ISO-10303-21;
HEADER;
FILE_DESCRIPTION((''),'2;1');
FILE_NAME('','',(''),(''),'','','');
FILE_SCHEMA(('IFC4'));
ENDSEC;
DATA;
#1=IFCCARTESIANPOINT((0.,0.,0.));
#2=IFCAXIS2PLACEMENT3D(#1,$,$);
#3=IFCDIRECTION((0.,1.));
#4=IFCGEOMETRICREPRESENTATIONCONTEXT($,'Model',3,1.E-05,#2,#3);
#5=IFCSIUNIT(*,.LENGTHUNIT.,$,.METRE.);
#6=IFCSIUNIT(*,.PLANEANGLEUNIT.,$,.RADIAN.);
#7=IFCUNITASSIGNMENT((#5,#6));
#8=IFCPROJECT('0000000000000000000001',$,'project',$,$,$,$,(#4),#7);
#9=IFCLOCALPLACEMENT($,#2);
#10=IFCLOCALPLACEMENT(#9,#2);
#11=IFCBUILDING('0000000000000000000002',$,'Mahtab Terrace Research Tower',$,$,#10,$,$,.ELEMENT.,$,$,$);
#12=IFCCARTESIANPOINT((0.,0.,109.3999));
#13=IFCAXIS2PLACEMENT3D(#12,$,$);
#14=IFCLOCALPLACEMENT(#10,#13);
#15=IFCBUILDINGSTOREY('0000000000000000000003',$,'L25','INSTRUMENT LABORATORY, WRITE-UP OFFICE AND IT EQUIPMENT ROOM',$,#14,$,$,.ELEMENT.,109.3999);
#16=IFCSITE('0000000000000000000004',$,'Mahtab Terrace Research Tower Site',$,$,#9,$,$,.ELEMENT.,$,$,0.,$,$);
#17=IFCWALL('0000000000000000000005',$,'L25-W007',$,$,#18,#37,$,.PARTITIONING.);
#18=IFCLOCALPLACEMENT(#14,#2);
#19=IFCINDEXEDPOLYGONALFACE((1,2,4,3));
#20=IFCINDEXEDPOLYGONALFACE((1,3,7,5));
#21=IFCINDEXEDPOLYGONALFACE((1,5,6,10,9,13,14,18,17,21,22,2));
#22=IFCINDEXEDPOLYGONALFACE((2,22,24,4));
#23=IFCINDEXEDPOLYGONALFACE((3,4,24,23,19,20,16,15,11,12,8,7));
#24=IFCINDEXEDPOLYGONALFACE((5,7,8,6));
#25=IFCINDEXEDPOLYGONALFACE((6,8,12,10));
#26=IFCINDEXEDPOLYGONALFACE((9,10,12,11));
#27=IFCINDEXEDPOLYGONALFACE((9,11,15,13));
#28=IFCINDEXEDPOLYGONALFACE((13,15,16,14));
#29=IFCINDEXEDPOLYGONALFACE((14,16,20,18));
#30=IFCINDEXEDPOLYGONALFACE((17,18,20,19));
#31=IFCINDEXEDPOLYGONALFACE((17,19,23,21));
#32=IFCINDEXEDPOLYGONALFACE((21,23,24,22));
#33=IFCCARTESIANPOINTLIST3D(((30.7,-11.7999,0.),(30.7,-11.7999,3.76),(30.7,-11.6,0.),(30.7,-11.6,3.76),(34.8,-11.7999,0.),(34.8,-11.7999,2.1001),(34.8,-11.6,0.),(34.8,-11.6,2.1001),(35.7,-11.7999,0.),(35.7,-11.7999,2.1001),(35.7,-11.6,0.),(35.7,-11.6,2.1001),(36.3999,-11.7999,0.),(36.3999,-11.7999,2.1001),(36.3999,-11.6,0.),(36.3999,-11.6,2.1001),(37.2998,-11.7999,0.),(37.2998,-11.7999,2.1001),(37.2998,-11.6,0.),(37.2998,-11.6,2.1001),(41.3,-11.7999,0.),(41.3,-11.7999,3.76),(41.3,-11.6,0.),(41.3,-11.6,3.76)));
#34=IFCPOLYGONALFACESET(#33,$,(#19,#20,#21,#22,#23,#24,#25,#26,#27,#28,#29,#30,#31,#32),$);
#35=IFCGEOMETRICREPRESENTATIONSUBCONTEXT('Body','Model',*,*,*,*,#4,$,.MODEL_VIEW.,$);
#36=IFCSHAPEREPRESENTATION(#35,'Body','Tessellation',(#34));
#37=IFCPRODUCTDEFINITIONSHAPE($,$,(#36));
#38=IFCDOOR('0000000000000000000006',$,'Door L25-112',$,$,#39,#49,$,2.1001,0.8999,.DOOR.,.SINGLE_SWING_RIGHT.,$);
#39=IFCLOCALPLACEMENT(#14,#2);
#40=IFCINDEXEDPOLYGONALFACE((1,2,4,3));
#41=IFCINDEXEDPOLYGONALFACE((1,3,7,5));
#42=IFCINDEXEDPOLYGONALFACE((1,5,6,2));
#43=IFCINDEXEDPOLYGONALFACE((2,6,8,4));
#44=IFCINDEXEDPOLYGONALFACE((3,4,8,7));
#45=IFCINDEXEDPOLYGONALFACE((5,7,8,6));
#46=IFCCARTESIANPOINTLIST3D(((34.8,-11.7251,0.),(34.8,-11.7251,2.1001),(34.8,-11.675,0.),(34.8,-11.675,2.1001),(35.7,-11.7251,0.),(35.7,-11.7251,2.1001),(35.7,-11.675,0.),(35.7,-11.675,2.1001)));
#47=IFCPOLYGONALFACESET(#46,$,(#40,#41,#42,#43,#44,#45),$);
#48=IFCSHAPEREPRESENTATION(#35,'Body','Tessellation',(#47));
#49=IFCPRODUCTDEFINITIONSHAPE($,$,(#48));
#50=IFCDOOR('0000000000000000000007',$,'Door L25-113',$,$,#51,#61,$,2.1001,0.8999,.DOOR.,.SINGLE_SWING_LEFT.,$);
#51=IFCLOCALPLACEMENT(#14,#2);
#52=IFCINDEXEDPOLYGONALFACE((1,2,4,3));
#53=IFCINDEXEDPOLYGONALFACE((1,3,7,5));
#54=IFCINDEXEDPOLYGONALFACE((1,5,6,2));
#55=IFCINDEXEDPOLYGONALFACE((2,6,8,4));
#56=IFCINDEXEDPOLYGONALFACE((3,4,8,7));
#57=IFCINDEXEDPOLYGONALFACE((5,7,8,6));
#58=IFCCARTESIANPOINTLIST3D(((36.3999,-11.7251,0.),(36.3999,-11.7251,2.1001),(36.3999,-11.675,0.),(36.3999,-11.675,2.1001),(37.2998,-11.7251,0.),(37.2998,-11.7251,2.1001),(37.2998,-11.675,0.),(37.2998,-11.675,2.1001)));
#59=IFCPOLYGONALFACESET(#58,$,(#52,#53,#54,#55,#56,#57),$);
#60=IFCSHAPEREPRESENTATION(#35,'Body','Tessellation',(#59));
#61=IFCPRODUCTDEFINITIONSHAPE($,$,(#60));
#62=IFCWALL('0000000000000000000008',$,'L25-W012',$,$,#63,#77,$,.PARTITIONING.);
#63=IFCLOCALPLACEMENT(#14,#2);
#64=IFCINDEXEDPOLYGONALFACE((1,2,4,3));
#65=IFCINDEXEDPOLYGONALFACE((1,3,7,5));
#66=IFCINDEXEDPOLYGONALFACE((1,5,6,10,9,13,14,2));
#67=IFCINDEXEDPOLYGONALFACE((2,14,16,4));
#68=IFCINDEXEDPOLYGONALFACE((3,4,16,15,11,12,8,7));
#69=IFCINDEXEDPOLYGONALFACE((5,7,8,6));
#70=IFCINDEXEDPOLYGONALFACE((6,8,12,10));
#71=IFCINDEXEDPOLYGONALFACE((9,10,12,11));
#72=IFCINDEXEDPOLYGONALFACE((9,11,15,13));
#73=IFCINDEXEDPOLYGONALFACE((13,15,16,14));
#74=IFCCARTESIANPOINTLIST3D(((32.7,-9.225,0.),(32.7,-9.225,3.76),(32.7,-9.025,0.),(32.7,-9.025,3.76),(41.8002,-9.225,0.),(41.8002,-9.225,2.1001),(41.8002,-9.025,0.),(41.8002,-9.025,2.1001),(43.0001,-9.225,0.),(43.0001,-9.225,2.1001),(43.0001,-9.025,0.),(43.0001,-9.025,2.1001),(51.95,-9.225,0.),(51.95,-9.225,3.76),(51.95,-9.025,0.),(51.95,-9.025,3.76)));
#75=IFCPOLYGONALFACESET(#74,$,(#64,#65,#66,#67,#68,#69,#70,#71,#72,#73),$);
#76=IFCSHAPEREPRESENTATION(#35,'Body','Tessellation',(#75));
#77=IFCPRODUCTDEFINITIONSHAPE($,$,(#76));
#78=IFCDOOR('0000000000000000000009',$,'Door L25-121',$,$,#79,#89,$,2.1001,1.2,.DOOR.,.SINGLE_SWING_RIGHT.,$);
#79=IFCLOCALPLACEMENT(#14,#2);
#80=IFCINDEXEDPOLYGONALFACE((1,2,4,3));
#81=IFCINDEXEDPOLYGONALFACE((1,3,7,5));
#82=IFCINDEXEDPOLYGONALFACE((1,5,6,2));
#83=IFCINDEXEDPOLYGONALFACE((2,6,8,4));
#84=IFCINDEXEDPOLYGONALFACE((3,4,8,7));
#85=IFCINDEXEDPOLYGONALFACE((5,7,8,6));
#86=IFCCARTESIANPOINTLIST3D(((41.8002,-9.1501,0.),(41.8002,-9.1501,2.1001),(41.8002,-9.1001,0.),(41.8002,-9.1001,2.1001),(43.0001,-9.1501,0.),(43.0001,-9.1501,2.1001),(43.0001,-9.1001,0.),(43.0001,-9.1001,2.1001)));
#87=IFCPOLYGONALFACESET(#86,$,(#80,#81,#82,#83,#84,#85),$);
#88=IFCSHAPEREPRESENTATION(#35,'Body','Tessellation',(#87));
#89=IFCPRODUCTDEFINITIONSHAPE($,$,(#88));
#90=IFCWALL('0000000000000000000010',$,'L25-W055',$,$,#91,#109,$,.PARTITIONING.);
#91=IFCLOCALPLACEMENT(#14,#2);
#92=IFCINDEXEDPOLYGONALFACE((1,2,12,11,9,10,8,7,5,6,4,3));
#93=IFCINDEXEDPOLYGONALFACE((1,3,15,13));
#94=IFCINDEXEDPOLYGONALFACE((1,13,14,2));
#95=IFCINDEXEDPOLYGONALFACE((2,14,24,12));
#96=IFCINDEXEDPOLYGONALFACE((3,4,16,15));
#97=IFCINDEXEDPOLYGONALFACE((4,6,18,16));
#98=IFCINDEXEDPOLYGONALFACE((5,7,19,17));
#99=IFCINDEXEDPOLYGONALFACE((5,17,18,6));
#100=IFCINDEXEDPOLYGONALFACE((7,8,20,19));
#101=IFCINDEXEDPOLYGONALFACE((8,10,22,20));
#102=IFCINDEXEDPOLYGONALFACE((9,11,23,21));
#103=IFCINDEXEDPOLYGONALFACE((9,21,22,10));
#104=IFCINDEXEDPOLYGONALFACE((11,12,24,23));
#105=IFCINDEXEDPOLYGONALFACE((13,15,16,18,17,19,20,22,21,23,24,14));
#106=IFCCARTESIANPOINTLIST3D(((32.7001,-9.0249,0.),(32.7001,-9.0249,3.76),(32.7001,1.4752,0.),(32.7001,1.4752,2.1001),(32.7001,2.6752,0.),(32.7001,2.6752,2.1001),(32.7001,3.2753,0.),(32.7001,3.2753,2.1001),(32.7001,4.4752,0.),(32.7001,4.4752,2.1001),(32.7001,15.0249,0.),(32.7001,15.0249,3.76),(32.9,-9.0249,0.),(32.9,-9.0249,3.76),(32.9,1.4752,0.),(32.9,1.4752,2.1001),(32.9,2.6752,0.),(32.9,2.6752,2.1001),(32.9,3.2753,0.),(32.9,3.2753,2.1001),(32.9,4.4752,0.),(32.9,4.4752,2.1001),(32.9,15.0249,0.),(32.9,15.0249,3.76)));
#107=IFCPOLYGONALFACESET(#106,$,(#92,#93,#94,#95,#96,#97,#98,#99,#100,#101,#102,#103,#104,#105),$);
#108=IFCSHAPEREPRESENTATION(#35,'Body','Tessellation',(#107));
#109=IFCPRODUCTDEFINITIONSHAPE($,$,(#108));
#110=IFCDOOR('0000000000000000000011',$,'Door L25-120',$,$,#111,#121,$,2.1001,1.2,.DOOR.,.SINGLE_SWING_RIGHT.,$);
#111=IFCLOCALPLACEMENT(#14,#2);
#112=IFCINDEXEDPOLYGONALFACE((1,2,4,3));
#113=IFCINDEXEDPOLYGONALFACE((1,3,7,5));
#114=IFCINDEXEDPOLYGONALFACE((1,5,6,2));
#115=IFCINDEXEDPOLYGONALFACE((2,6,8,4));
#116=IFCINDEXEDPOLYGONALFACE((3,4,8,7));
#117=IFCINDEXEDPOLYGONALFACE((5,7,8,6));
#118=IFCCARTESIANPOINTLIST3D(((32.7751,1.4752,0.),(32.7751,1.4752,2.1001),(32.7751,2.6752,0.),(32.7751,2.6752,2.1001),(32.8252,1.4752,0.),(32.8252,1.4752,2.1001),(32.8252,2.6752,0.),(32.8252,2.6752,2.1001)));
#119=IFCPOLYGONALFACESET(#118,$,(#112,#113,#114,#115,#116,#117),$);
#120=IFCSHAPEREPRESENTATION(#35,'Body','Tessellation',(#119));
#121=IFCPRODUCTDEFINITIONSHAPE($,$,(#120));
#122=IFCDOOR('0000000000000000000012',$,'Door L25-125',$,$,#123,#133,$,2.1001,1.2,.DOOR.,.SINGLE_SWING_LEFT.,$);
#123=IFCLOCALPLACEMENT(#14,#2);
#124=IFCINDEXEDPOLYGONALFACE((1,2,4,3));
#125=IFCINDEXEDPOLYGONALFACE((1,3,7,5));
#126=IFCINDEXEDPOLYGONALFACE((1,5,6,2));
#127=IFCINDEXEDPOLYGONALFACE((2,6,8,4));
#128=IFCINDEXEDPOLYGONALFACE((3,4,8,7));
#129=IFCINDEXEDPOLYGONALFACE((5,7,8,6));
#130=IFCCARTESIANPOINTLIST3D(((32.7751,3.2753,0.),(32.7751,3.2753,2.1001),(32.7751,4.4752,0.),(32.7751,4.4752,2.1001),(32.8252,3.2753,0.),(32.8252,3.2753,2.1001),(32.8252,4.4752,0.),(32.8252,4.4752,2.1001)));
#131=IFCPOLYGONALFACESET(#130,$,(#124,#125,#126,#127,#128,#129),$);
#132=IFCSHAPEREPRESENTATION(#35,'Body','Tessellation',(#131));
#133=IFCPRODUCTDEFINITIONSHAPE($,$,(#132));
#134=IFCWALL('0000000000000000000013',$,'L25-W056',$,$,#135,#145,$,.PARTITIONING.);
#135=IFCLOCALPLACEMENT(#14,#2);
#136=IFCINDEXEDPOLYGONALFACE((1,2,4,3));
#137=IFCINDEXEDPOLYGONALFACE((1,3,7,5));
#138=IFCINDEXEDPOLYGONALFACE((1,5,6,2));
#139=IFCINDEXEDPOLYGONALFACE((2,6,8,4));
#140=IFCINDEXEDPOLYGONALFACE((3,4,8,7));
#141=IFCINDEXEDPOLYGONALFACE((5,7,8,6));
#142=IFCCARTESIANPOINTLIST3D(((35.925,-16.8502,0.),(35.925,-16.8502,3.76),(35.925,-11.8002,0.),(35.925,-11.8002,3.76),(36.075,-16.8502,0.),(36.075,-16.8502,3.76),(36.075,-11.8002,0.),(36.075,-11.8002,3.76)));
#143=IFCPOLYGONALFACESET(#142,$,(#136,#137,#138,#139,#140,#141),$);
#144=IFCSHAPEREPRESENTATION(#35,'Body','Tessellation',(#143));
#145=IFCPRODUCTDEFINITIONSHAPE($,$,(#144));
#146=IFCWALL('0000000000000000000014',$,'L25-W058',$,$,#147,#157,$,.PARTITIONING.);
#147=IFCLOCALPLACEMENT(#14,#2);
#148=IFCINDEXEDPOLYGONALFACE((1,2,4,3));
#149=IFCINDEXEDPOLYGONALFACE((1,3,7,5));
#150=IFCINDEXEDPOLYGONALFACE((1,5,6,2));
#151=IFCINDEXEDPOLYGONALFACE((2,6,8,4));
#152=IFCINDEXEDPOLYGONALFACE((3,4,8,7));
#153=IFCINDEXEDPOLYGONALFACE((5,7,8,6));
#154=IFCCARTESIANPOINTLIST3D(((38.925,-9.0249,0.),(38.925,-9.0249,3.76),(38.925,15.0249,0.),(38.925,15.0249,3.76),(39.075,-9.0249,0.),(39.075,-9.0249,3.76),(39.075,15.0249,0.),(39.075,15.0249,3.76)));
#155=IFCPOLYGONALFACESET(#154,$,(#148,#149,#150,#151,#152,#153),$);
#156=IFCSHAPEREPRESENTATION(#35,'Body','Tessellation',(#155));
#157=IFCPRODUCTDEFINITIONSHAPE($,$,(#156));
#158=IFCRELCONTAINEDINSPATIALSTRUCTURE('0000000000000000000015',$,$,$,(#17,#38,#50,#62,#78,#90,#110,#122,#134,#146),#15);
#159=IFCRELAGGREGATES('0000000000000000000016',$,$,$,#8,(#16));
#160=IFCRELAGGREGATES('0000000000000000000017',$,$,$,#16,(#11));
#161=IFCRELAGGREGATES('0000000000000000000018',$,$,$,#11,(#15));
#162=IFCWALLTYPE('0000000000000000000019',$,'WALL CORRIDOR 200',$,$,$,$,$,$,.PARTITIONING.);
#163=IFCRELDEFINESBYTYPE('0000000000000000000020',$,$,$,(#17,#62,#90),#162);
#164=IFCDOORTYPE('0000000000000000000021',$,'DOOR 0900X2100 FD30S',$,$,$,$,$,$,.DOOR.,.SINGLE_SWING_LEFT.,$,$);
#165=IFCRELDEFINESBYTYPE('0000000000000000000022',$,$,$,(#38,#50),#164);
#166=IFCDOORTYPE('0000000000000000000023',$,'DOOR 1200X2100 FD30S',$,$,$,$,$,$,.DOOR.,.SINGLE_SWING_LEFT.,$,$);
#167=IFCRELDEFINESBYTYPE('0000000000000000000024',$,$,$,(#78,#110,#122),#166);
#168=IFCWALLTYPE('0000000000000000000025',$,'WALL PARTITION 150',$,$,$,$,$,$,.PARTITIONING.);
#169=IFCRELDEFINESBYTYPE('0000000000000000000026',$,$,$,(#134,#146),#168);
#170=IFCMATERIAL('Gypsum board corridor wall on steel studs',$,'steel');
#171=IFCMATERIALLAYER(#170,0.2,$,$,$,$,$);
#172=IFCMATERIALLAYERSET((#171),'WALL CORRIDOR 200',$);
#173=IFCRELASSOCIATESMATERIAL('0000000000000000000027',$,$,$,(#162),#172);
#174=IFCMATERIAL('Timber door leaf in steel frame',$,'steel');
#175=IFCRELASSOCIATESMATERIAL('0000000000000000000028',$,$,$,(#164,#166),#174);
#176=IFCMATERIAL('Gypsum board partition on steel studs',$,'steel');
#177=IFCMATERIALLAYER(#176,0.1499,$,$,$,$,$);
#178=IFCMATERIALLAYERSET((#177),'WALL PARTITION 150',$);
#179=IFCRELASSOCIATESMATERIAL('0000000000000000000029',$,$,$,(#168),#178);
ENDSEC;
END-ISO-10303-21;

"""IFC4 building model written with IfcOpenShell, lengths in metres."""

from ifc_helpers import new_model, si_unit, direction, frame, frame_2d, origin, place, context, subcontext, project, spatial, rectangle, extrude, material, layer, layer_set, type_object, element, fill, save


model = new_model("IFC4")

# Units and contexts
model_context = context("Model", 3, precision=1e-05, world=origin(), true_north=direction((0.0, 1.0)))
body_context = subcontext(model_context, "Body", "Model", "MODEL_VIEW")
ifc_project = project(units=[si_unit("LENGTHUNIT", "METRE"), si_unit("PLANEANGLEUNIT", "RADIAN")], contexts=[model_context])

# Site, building, storey
site_placement = place(None, origin())
site = spatial("IfcSite", under=ifc_project, at=site_placement, Name="Mahtab Terrace Research Tower Site", CompositionType="ELEMENT", RefElevation=0.0)
building_placement = place(site_placement, origin())
building = spatial("IfcBuilding", under=site, at=building_placement, Name="Mahtab Terrace Research Tower", CompositionType="ELEMENT")
storey_placement = place(building_placement, frame((0.0, 0.0, 109.3999)))
storey = spatial("IfcBuildingStorey", under=building, at=storey_placement, Name="L25", Description="INSTRUMENT LABORATORY, WRITE-UP OFFICE AND IT EQUIPMENT ROOM", CompositionType="ELEMENT", Elevation=109.3999)

# Wall, openings, doors
ifc_material_1 = material(Name="Gypsum board corridor wall on steel studs", Category="steel")
ifc_layer_1 = layer(ifc_material_1, 0.2)
ifc_layer_set_1 = layer_set([ifc_layer_1], Name="WALL CORRIDOR 200")
wall_type_1 = type_object("IfcWallType", Name="WALL CORRIDOR 200", PredefinedType="PARTITIONING", material=ifc_layer_set_1)
wall_1_placement = place(storey_placement, frame((30.7, -11.7, 0.0), z_axis=(0.0, 0.0, 1.0), x_axis=(1.0, 0.0, 0.0)))
wall_1 = element("IfcWall", 1, at=wall_1_placement, inside=storey, type_object=wall_type_1, Name="L25-W007", PredefinedType="PARTITIONING", context=body_context, shape_type="SweptSolid", body=[
    extrude(rectangle(XDim=10.6001, YDim=0.2, at=frame_2d((5.3, 0.0))), origin(), (0.0, 0.0, 1.0), 3.76),
])
opening_1_placement = place(wall_1_placement, frame((4.1001, 0.0, 0.0)))
opening_1 = element("IfcOpeningElement", 2, at=opening_1_placement, cuts=wall_1, PredefinedType="OPENING", context=body_context, shape_type="SweptSolid", body=[
    extrude(rectangle(XDim=0.8999, YDim=2.1001, at=frame_2d((0.45, 1.05))), frame((0.0, 0.1099, 0.0), z_axis=(0.0, -1.0, 0.0), x_axis=(1.0, 0.0, 0.0)), (0.0, 0.0, 1.0), 0.22),
])
opening_2_placement = place(wall_1_placement, frame((5.7, 0.0, 0.0)))
opening_2 = element("IfcOpeningElement", 3, at=opening_2_placement, cuts=wall_1, PredefinedType="OPENING", context=body_context, shape_type="SweptSolid", body=[
    extrude(rectangle(XDim=0.8999, YDim=2.1001, at=frame_2d((0.45, 1.05))), frame((0.0, 0.1099, 0.0), z_axis=(0.0, -1.0, 0.0), x_axis=(1.0, 0.0, 0.0)), (0.0, 0.0, 1.0), 0.22),
])
ifc_material_2 = material(Name="Timber door leaf in steel frame", Category="steel")
door_type_1 = type_object("IfcDoorType", Name="DOOR 0900X2100 FD30S", OperationType="SINGLE_SWING_LEFT", PredefinedType="DOOR", material=ifc_material_2)
door_1_placement = place(opening_1_placement, origin())
door_1 = element("IfcDoor", 4, at=door_1_placement, inside=storey, type_object=door_type_1, Name="Door L25-112", OperationType="SINGLE_SWING_RIGHT", OverallHeight=2.1001, OverallWidth=0.8999, PredefinedType="DOOR", context=body_context, shape_type="SweptSolid", body=[
    extrude(rectangle(XDim=0.8999, YDim=2.1001, at=frame_2d((0.45, 1.05))), frame((0.0, 0.0249, 0.0), z_axis=(0.0, -1.0, 0.0), x_axis=(1.0, 0.0, 0.0)), (0.0, 0.0, 1.0), 0.05),
])
fill(opening_1, door_1)
door_2_placement = place(opening_2_placement, origin())
door_2 = element("IfcDoor", 5, at=door_2_placement, inside=storey, type_object=door_type_1, Name="Door L25-113", OperationType="SINGLE_SWING_LEFT", OverallHeight=2.1001, OverallWidth=0.8999, PredefinedType="DOOR", context=body_context, shape_type="SweptSolid", body=[
    extrude(rectangle(XDim=0.8999, YDim=2.1001, at=frame_2d((0.45, 1.05))), frame((0.0, 0.0249, 0.0), z_axis=(0.0, -1.0, 0.0), x_axis=(1.0, 0.0, 0.0)), (0.0, 0.0, 1.0), 0.05),
])
fill(opening_2, door_2)

# Wall, opening, door
wall_2_placement = place(storey_placement, frame((32.7, -9.125, 0.0), z_axis=(0.0, 0.0, 1.0), x_axis=(1.0, 0.0, 0.0)))
wall_2 = element("IfcWall", 6, at=wall_2_placement, inside=storey, type_object=wall_type_1, Name="L25-W012", PredefinedType="PARTITIONING", context=body_context, shape_type="SweptSolid", body=[
    extrude(rectangle(XDim=19.25, YDim=0.2, at=frame_2d((9.625, 0.0))), origin(), (0.0, 0.0, 1.0), 3.76),
])
opening_3_placement = place(wall_2_placement, frame((9.1001, 0.0, 0.0)))
opening_3 = element("IfcOpeningElement", 7, at=opening_3_placement, cuts=wall_2, PredefinedType="OPENING", context=body_context, shape_type="SweptSolid", body=[
    extrude(rectangle(XDim=1.2, YDim=2.1001, at=frame_2d((0.6001, 1.05))), frame((0.0, 0.1099, 0.0), z_axis=(0.0, -1.0, 0.0), x_axis=(1.0, 0.0, 0.0)), (0.0, 0.0, 1.0), 0.22),
])
door_type_2 = type_object("IfcDoorType", Name="DOOR 1200X2100 FD30S", OperationType="SINGLE_SWING_LEFT", PredefinedType="DOOR", material=ifc_material_2)
door_3_placement = place(opening_3_placement, origin())
door_3 = element("IfcDoor", 8, at=door_3_placement, inside=storey, type_object=door_type_2, Name="Door L25-121", OperationType="SINGLE_SWING_RIGHT", OverallHeight=2.1001, OverallWidth=1.2, PredefinedType="DOOR", context=body_context, shape_type="SweptSolid", body=[
    extrude(rectangle(XDim=1.2, YDim=2.1001, at=frame_2d((0.6001, 1.05))), frame((0.0, 0.0249, 0.0), z_axis=(0.0, -1.0, 0.0), x_axis=(1.0, 0.0, 0.0)), (0.0, 0.0, 1.0), 0.05),
])
fill(opening_3, door_3)

# Wall, openings, doors
wall_3_placement = place(storey_placement, frame((32.8, -9.0249, 0.0), z_axis=(0.0, 0.0, 1.0), x_axis=(0.0, 1.0, 0.0)))
wall_3 = element("IfcWall", 9, at=wall_3_placement, inside=storey, type_object=wall_type_1, Name="L25-W055", PredefinedType="PARTITIONING", context=body_context, shape_type="SweptSolid", body=[
    extrude(rectangle(XDim=24.0498, YDim=0.2, at=frame_2d((12.0249, 0.0))), origin(), (0.0, 0.0, 1.0), 3.76),
])
opening_4_placement = place(wall_3_placement, frame((10.5, 0.0, 0.0)))
opening_4 = element("IfcOpeningElement", 10, at=opening_4_placement, cuts=wall_3, PredefinedType="OPENING", context=body_context, shape_type="SweptSolid", body=[
    extrude(rectangle(XDim=1.2, YDim=2.1001, at=frame_2d((0.6001, 1.05))), frame((0.0, 0.1099, 0.0), z_axis=(0.0, -1.0, 0.0), x_axis=(1.0, 0.0, 0.0)), (0.0, 0.0, 1.0), 0.22),
])
opening_5_placement = place(wall_3_placement, frame((12.3, 0.0, 0.0)))
opening_5 = element("IfcOpeningElement", 11, at=opening_5_placement, cuts=wall_3, PredefinedType="OPENING", context=body_context, shape_type="SweptSolid", body=[
    extrude(rectangle(XDim=1.2, YDim=2.1001, at=frame_2d((0.6001, 1.05))), frame((0.0, 0.1099, 0.0), z_axis=(0.0, -1.0, 0.0), x_axis=(1.0, 0.0, 0.0)), (0.0, 0.0, 1.0), 0.22),
])
door_4_placement = place(opening_4_placement, origin())
door_4 = element("IfcDoor", 12, at=door_4_placement, inside=storey, type_object=door_type_2, Name="Door L25-120", OperationType="SINGLE_SWING_RIGHT", OverallHeight=2.1001, OverallWidth=1.2, PredefinedType="DOOR", context=body_context, shape_type="SweptSolid", body=[
    extrude(rectangle(XDim=1.2, YDim=2.1001, at=frame_2d((0.6001, 1.05))), frame((0.0, 0.0249, 0.0), z_axis=(0.0, -1.0, 0.0), x_axis=(1.0, 0.0, 0.0)), (0.0, 0.0, 1.0), 0.05),
])
fill(opening_4, door_4)
door_5_placement = place(opening_5_placement, origin())
door_5 = element("IfcDoor", 13, at=door_5_placement, inside=storey, type_object=door_type_2, Name="Door L25-125", OperationType="SINGLE_SWING_LEFT", OverallHeight=2.1001, OverallWidth=1.2, PredefinedType="DOOR", context=body_context, shape_type="SweptSolid", body=[
    extrude(rectangle(XDim=1.2, YDim=2.1001, at=frame_2d((0.6001, 1.05))), frame((0.0, 0.0249, 0.0), z_axis=(0.0, -1.0, 0.0), x_axis=(1.0, 0.0, 0.0)), (0.0, 0.0, 1.0), 0.05),
])
fill(opening_5, door_5)

# Walls
ifc_material_3 = material(Name="Gypsum board partition on steel studs", Category="steel")
ifc_layer_2 = layer(ifc_material_3, 0.1499)
ifc_layer_set_2 = layer_set([ifc_layer_2], Name="WALL PARTITION 150")
wall_type_2 = type_object("IfcWallType", Name="WALL PARTITION 150", PredefinedType="PARTITIONING", material=ifc_layer_set_2)
wall_4_placement = place(storey_placement, frame((36.0, -16.8501, 0.0), z_axis=(0.0, 0.0, 1.0), x_axis=(0.0, 1.0, 0.0)))
element("IfcWall", 14, at=wall_4_placement, inside=storey, type_object=wall_type_2, Name="L25-W056", PredefinedType="PARTITIONING", context=body_context, shape_type="SweptSolid", body=[
    extrude(rectangle(XDim=5.05, YDim=0.1499, at=frame_2d((2.5249, 0.0))), origin(), (0.0, 0.0, 1.0), 3.76),
])
wall_5_placement = place(storey_placement, frame((39.0, -9.0249, 0.0), z_axis=(0.0, 0.0, 1.0), x_axis=(0.0, 1.0, 0.0)))
element("IfcWall", 15, at=wall_5_placement, inside=storey, type_object=wall_type_2, Name="L25-W058", PredefinedType="PARTITIONING", context=body_context, shape_type="SweptSolid", body=[
    extrude(rectangle(XDim=24.0498, YDim=0.1499, at=frame_2d((12.0249, 0.0))), origin(), (0.0, 0.0, 1.0), 3.76),
])

save(model, "model.ifc")
